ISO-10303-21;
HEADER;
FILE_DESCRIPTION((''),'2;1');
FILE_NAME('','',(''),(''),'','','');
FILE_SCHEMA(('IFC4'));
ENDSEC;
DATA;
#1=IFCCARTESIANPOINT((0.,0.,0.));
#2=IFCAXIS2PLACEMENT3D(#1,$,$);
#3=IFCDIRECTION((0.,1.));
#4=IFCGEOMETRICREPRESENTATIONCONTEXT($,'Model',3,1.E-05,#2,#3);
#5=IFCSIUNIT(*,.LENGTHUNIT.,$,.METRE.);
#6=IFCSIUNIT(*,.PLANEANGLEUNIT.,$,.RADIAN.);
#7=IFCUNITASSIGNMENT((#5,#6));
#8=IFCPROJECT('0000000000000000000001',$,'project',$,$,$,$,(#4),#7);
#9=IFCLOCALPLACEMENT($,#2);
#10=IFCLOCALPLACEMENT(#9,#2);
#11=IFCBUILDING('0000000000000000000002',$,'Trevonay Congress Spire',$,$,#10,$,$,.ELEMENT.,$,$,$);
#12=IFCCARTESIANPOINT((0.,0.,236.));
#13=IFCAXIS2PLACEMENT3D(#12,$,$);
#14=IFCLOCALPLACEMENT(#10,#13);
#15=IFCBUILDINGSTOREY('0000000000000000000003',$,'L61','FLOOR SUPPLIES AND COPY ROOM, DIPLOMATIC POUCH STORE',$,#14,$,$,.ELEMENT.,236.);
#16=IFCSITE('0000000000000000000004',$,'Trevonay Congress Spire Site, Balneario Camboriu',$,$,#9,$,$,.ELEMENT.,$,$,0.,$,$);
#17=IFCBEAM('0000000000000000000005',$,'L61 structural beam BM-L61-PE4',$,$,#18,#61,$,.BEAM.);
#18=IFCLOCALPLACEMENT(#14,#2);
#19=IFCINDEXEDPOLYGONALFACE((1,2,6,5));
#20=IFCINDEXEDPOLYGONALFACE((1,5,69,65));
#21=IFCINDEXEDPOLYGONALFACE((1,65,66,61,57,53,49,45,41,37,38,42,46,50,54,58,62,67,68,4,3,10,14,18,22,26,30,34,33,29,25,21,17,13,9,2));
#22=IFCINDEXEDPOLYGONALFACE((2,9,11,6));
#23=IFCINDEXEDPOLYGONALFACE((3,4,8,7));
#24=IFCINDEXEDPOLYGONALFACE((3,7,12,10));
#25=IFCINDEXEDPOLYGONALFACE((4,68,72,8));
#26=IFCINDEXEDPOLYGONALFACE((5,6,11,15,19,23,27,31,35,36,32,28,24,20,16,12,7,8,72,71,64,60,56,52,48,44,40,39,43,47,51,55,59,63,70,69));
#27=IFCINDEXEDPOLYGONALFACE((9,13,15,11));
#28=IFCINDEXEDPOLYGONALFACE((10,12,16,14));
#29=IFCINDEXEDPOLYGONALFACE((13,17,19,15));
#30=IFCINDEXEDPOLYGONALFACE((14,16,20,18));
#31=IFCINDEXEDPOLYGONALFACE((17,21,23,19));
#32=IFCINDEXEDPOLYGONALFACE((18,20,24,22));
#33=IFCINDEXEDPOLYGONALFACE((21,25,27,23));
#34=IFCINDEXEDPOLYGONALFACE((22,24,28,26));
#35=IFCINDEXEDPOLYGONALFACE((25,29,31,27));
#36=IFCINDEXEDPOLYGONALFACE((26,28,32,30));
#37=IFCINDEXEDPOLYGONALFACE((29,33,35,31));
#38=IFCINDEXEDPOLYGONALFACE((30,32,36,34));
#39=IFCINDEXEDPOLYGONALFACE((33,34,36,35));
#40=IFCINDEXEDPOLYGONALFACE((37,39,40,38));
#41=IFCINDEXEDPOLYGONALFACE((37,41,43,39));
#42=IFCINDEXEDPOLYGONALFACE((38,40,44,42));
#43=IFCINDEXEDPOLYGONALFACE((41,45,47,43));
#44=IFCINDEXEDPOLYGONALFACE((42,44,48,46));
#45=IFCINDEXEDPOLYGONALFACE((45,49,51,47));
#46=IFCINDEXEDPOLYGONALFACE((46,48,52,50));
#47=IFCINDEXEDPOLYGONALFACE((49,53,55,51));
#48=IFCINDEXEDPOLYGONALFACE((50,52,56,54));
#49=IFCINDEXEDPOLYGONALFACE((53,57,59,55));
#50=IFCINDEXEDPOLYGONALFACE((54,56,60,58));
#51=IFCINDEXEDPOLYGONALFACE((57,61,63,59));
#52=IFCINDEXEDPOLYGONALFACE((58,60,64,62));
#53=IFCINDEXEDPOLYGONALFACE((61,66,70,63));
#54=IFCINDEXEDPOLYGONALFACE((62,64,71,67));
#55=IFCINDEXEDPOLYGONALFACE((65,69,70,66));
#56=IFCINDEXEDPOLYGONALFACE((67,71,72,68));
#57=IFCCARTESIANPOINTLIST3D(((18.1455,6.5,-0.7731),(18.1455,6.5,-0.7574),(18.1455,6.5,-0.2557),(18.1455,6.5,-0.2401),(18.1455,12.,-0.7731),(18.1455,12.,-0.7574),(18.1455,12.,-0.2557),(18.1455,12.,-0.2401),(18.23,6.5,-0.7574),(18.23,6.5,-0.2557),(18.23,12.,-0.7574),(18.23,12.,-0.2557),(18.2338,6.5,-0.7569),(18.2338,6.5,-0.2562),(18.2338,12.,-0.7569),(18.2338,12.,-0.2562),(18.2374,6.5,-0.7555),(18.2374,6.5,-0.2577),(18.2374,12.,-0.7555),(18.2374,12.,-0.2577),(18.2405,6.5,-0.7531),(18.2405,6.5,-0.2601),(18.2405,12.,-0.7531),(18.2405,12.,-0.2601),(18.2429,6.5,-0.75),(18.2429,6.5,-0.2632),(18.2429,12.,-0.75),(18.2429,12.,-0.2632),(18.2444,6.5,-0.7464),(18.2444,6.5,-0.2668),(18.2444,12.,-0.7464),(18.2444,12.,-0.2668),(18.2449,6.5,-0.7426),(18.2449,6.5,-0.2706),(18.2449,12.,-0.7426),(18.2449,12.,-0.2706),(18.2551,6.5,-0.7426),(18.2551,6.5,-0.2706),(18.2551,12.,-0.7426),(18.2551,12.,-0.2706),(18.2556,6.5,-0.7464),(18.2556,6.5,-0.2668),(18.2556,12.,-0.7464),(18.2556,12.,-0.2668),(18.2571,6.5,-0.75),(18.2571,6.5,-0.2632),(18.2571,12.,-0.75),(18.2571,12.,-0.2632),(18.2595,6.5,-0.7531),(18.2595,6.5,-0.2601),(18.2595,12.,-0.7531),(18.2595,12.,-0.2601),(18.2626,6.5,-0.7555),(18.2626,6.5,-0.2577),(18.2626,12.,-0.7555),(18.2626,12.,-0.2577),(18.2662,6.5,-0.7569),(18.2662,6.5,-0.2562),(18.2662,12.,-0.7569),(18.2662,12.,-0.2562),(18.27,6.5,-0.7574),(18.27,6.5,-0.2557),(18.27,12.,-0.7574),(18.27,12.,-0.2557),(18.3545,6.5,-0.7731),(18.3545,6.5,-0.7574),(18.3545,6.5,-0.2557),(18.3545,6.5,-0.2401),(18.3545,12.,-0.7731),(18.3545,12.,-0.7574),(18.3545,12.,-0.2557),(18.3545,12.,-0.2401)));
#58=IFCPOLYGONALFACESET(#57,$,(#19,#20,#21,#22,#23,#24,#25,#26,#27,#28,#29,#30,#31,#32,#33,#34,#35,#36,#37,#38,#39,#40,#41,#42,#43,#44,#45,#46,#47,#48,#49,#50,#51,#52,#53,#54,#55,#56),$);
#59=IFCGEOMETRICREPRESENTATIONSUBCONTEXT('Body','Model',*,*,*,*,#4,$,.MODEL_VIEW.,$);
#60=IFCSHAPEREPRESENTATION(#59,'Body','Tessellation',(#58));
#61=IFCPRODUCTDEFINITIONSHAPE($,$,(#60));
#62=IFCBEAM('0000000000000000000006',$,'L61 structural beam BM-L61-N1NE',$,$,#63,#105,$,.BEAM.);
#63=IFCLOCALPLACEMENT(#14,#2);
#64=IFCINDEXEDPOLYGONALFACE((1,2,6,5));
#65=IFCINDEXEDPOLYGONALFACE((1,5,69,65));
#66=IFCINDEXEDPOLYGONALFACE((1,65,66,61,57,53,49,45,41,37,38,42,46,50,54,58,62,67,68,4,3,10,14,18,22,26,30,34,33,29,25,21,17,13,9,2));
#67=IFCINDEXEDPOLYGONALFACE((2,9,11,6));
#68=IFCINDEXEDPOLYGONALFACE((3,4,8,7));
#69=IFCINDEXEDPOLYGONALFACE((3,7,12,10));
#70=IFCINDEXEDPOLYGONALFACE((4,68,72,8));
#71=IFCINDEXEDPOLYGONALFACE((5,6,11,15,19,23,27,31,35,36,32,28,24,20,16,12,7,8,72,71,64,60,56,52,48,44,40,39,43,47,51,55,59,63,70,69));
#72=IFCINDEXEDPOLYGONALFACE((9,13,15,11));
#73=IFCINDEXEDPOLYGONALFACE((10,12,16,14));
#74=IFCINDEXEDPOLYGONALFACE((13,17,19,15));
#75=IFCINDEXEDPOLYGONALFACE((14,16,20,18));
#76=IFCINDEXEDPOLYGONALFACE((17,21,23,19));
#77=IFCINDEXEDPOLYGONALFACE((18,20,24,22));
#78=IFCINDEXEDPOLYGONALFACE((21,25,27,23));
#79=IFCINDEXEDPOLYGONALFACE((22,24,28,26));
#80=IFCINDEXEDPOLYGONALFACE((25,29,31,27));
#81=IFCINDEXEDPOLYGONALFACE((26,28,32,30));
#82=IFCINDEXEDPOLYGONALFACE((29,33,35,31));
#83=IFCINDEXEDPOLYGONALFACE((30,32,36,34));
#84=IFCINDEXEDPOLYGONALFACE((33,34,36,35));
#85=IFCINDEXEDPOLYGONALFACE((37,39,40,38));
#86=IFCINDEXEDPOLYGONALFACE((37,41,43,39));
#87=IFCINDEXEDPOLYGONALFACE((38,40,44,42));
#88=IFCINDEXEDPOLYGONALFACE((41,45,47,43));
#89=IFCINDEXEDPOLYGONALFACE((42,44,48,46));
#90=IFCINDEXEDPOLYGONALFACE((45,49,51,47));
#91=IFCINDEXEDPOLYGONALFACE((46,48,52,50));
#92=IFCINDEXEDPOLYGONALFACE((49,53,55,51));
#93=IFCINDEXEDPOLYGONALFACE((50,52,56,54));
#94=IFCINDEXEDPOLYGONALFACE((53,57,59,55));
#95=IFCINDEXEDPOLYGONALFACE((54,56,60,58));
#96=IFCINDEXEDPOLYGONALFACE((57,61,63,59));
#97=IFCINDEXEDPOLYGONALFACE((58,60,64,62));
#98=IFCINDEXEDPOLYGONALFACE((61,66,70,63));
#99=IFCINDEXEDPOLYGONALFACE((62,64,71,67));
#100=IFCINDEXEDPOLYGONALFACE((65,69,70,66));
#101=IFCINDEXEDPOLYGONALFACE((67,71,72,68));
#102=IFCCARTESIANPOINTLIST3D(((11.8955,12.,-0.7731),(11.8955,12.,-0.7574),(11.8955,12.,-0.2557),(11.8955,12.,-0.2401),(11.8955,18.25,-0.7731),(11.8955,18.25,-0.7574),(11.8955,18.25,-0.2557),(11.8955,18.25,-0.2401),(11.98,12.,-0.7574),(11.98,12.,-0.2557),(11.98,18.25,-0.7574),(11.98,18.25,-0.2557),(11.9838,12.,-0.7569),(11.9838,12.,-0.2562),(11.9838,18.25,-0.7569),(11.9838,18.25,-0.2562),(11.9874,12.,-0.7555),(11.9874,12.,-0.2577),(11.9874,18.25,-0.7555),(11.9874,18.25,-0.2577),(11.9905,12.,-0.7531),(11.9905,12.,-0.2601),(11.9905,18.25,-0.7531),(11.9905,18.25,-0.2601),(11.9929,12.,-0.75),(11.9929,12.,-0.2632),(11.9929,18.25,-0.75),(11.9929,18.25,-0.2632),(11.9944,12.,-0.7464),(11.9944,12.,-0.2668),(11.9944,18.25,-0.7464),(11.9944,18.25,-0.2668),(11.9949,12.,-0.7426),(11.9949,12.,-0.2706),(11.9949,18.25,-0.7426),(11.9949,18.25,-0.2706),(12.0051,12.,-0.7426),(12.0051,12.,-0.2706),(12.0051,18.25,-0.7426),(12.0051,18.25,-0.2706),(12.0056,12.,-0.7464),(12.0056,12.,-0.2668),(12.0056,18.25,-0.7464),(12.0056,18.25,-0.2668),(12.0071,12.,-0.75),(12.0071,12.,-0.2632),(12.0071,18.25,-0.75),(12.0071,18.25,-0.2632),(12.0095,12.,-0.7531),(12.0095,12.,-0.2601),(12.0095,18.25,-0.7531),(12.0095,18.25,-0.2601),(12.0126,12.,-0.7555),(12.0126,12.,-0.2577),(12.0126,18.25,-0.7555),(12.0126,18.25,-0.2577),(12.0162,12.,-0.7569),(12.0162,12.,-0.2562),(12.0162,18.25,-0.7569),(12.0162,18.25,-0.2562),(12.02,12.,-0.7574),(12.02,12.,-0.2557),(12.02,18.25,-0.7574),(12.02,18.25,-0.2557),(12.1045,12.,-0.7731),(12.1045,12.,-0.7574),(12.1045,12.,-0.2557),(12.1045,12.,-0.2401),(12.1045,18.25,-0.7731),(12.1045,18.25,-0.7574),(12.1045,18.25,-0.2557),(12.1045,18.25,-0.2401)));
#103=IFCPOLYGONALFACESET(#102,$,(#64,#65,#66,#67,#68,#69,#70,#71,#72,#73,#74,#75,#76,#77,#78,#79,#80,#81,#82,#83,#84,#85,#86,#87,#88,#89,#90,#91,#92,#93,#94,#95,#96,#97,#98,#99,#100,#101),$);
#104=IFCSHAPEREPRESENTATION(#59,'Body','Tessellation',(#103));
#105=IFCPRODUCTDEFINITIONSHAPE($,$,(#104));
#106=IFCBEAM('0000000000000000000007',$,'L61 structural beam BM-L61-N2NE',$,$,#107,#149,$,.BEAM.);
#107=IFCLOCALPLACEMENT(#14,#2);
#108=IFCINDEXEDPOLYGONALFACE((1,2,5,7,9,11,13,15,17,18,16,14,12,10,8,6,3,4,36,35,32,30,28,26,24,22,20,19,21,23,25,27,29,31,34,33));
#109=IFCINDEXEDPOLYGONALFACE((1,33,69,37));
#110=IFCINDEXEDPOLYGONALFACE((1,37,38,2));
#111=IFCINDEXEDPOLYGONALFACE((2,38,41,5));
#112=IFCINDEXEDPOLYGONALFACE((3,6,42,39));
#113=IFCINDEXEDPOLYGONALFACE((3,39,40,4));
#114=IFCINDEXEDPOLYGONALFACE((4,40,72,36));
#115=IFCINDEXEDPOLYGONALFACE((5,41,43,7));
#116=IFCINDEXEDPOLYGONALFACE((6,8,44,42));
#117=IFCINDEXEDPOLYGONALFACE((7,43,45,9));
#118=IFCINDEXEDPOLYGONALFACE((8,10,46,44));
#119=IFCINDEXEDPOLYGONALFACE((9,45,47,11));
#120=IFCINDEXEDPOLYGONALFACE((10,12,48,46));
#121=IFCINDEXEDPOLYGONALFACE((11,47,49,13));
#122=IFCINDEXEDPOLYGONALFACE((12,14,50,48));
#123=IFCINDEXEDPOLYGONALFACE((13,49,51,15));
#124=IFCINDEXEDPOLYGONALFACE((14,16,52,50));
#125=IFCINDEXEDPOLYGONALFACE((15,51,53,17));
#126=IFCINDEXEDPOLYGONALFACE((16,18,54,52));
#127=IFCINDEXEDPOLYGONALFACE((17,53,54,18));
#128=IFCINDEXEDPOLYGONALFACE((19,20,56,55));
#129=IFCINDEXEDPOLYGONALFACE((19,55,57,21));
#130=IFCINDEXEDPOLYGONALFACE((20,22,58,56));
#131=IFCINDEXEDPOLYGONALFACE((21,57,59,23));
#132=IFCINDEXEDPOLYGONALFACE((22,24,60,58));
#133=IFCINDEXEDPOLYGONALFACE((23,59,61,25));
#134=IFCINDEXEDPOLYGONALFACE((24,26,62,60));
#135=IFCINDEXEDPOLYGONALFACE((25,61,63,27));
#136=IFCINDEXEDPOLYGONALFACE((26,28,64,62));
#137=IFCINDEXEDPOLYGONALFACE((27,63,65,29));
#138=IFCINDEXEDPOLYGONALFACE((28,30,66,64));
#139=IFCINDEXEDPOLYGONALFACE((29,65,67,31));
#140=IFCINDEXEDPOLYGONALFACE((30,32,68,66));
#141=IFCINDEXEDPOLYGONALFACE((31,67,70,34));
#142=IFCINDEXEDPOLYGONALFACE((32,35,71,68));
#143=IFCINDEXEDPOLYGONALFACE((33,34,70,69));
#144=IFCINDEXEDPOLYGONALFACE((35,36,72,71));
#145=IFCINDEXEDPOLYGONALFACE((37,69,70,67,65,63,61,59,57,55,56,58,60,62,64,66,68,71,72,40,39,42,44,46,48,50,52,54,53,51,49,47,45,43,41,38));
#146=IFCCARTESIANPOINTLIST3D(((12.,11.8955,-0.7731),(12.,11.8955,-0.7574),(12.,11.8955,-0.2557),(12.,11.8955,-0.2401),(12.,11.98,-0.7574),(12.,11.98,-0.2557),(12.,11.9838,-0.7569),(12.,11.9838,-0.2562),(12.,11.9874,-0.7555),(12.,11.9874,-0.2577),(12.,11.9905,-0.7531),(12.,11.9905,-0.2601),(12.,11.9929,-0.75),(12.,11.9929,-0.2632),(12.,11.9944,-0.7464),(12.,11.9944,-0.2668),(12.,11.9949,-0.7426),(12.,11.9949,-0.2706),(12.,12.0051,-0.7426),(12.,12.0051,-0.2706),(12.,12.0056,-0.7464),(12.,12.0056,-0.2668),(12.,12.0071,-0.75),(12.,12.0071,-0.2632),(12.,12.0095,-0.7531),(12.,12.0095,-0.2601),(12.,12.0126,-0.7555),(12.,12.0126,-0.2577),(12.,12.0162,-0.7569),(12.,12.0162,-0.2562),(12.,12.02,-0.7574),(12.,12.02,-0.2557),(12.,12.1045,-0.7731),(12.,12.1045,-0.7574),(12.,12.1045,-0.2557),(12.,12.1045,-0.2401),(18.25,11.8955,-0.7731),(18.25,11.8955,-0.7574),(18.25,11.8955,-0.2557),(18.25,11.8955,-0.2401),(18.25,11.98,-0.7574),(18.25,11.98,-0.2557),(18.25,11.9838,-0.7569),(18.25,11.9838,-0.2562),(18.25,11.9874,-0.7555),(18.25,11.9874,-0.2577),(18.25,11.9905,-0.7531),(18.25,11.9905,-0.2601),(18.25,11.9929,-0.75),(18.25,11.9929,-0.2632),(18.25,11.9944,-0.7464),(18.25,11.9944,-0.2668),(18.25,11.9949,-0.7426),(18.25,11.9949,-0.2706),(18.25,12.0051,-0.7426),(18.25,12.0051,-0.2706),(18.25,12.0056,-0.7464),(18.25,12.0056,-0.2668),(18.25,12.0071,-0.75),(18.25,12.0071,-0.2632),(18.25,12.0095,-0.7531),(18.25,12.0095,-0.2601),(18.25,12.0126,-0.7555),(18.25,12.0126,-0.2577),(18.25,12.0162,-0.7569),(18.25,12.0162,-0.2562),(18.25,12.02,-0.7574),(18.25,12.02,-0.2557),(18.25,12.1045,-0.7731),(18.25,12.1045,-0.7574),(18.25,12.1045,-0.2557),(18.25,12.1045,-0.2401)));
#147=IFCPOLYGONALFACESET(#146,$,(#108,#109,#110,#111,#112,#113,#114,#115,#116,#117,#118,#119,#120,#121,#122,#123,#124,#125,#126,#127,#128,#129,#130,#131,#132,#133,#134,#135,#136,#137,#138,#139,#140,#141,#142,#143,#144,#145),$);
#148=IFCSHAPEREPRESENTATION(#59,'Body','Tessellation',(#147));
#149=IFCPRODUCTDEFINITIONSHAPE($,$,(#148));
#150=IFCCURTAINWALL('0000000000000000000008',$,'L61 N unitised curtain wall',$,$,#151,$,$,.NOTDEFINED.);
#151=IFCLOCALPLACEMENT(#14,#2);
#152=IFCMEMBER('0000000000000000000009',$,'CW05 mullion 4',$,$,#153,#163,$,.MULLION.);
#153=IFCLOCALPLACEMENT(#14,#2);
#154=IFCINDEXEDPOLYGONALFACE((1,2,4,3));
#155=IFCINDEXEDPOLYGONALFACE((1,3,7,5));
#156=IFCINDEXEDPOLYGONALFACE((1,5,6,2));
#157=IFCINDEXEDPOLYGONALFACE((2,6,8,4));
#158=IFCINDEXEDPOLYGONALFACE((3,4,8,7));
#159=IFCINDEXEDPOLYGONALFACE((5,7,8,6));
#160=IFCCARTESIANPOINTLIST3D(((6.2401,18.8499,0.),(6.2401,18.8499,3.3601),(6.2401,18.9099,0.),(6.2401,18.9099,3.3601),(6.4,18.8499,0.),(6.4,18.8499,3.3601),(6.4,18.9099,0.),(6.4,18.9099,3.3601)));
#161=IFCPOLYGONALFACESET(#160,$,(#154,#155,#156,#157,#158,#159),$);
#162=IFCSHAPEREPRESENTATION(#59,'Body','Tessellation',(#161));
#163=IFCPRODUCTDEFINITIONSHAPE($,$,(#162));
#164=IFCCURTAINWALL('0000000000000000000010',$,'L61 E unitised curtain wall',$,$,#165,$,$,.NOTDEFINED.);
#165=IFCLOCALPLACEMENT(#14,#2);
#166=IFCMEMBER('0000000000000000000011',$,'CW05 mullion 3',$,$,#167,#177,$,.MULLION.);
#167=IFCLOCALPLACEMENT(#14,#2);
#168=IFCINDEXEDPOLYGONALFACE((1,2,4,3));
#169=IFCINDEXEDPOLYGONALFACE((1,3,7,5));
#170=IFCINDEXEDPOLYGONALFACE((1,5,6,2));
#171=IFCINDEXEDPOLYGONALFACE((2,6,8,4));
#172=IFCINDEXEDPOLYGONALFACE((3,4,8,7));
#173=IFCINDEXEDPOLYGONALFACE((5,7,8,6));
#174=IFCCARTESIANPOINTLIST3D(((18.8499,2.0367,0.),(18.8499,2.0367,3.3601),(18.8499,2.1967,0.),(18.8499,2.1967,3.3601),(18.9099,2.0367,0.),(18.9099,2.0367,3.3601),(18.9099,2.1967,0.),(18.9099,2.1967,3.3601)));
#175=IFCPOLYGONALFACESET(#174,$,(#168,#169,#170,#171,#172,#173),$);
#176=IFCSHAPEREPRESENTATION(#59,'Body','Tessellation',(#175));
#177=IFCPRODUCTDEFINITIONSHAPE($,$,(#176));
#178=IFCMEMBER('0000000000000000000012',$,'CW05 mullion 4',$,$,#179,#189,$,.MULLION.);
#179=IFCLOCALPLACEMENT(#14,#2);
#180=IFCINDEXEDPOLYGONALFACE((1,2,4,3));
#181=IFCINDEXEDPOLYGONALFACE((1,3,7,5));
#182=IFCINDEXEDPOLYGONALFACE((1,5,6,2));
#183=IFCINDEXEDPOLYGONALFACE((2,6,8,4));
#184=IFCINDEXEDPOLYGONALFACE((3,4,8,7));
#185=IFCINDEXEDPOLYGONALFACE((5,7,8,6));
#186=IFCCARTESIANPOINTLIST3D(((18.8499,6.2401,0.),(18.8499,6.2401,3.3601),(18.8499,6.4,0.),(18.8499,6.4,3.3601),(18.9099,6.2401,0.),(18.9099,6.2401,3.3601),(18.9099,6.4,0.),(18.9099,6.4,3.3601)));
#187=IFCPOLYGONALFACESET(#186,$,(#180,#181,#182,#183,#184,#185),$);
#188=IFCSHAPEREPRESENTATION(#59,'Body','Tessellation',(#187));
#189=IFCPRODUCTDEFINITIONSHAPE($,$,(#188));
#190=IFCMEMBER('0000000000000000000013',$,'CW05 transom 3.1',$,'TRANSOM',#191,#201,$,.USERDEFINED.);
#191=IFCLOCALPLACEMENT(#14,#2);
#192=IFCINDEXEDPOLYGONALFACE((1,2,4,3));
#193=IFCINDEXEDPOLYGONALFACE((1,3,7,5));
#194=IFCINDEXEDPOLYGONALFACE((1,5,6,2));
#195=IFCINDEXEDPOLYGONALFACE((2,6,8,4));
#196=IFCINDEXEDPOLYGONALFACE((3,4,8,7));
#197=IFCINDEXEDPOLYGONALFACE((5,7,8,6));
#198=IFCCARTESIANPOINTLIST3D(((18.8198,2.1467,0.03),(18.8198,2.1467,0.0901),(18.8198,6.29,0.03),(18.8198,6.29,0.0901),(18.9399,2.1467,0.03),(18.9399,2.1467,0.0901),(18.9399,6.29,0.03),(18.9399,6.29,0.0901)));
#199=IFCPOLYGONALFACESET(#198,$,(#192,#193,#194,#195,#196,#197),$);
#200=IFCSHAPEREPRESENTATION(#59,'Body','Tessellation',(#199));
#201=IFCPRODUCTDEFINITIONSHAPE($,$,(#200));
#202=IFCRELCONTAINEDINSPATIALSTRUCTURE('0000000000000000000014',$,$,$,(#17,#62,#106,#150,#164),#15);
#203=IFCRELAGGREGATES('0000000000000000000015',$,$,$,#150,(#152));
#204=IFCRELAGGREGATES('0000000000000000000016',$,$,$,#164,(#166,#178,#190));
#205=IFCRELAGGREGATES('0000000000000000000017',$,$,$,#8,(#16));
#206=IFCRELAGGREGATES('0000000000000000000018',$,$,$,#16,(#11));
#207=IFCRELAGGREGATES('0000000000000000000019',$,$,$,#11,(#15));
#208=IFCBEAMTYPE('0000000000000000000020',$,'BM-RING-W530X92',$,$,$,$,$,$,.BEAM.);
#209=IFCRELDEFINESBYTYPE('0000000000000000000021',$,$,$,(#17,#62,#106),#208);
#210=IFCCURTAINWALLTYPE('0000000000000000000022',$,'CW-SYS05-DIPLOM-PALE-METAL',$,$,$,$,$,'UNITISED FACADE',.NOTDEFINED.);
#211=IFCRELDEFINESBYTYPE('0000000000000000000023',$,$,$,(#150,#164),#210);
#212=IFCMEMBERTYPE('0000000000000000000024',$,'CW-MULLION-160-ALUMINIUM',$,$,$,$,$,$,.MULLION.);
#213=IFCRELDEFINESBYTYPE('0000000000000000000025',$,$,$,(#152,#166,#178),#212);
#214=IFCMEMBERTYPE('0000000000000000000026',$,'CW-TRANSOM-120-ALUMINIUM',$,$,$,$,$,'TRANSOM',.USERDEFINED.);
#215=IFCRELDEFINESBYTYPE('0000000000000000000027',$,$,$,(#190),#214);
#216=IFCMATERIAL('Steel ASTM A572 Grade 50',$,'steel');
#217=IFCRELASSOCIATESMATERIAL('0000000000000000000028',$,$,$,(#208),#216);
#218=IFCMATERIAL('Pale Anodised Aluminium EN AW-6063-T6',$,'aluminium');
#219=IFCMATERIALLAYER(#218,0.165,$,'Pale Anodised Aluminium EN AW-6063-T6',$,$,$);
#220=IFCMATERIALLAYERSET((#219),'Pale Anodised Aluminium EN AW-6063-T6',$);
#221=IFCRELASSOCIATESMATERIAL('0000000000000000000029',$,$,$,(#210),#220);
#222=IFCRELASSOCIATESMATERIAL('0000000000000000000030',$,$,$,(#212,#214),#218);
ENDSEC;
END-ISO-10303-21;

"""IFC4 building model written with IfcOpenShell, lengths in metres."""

from ifc_helpers import new_model, si_unit, direction, frame, origin, origin_2d, place, context, subcontext, project, spatial, rectangle, i_section, extrude, material, layer, layer_set, material_profile, profile_set, type_object, element, aggregate, save


model = new_model("IFC4")

# Units and contexts
model_context = context("Model", 3, precision=1e-05, world=origin(), true_north=direction((0.0, 1.0)))
body_context = subcontext(model_context, "Body", "Model", "MODEL_VIEW")
ifc_project = project(units=[si_unit("LENGTHUNIT", "METRE"), si_unit("PLANEANGLEUNIT", "RADIAN")], contexts=[model_context])

# Site, building, storey
site_placement = place(None, origin())
site = spatial("IfcSite", under=ifc_project, at=site_placement, Name="Trevonay Congress Spire Site, Balneario Camboriu", CompositionType="ELEMENT", RefElevation=0.0)
building_placement = place(site_placement, origin())
building = spatial("IfcBuilding", under=site, at=building_placement, Name="Trevonay Congress Spire", CompositionType="ELEMENT")
storey_placement = place(building_placement, frame((0.0, 0.0, 236.0)))
storey = spatial("IfcBuildingStorey", under=building, at=storey_placement, Name="L61", Description="FLOOR SUPPLIES AND COPY ROOM, DIPLOMATIC POUCH STORE", CompositionType="ELEMENT", Elevation=236.0)

# Shared definitions
ifc_material_1 = material(Name="Steel ASTM A572 Grade 50", Category="steel")

# Beams
ifc_material_profile_1 = material_profile(ifc_material_1, i_section(OverallWidth=0.209, OverallDepth=0.533, WebThickness=0.0103, FlangeThickness=0.0156, FilletRadius=0.0149, at=origin_2d()), Name="W530x92")
ifc_profile_set_1 = profile_set([ifc_material_profile_1], Name="Steel ASTM A572 Grade 50")
beam_type_1 = type_object("IfcBeamType", Name="BM-RING-W530X92", PredefinedType="BEAM", material=ifc_profile_set_1)
for number, where, z_axis, x_axis, name in (
    (1, (18.25, 6.5, -0.5066), (0.0, 1.0, 0.0), (-1.0, 0.0, 0.0), "L61 structural beam BM-L61-PE4"),
):
    element("IfcBeam", number, at=place(storey_placement, frame(where, z_axis=z_axis, x_axis=x_axis)), inside=storey, type_object=beam_type_1, Name=name, PredefinedType="BEAM", context=body_context, shape_type="SweptSolid", body=[
        extrude(i_section(OverallWidth=0.209, OverallDepth=0.533, WebThickness=0.0103, FlangeThickness=0.0156, FilletRadius=0.0149, at=origin_2d()), origin(), (0.0, 0.0, 1.0), 5.5),
    ])
for number, where, z_axis, x_axis, name in (
    (2, (12.0, 18.25, -0.5066), (0.0, -1.0, 0.0), (1.0, 0.0, 0.0), "L61 structural beam BM-L61-N1NE"),
    (3, (18.25, 12.0, -0.5066), (-1.0, 0.0, 0.0), (0.0, -1.0, 0.0), "L61 structural beam BM-L61-N2NE"),
):
    element("IfcBeam", number, at=place(storey_placement, frame(where, z_axis=z_axis, x_axis=x_axis)), inside=storey, type_object=beam_type_1, Name=name, PredefinedType="BEAM", context=body_context, shape_type="SweptSolid", body=[
        extrude(i_section(OverallWidth=0.209, OverallDepth=0.533, WebThickness=0.0103, FlangeThickness=0.0156, FilletRadius=0.0149, at=origin_2d()), origin(), (0.0, 0.0, 1.0), 6.25),
    ])

# Curtain wall, member
ifc_material_2 = material(Name="Pale Anodised Aluminium EN AW-6063-T6", Category="aluminium")
ifc_layer_1 = layer(ifc_material_2, 0.165, Name="Pale Anodised Aluminium EN AW-6063-T6")
ifc_layer_set_1 = layer_set([ifc_layer_1], Name="Pale Anodised Aluminium EN AW-6063-T6")
curtain_wall_type = type_object("IfcCurtainWallType", Name="CW-SYS05-DIPLOM-PALE-METAL", ElementType="UNITISED FACADE", PredefinedType="NOTDEFINED", material=ifc_layer_set_1)
curtain_wall_1_placement = place(storey_placement, origin())
curtain_wall_1 = element("IfcCurtainWall", 4, at=curtain_wall_1_placement, inside=storey, type_object=curtain_wall_type, Name="L61 N unitised curtain wall", PredefinedType="NOTDEFINED")
ifc_material_profile_2 = material_profile(ifc_material_2, rectangle(XDim=0.0601, YDim=0.1599, at=origin_2d()), Name="CW-MULLION-160-ALUMINIUM")
ifc_profile_set_2 = profile_set([ifc_material_profile_2], Name="Pale Anodised Aluminium EN AW-6063-T6")
member_type_1 = type_object("IfcMemberType", Name="CW-MULLION-160-ALUMINIUM", PredefinedType="MULLION", material=ifc_profile_set_2)
member_1_placement = place(storey_placement, frame((6.3201, 18.8799, 0.0), z_axis=(0.0, 0.0, 1.0), x_axis=(0.0, 1.0, 0.0)))
member_1 = element("IfcMember", 5, at=member_1_placement, type_object=member_type_1, Name="CW05 mullion 4", PredefinedType="MULLION", context=body_context, shape_type="SweptSolid", body=[
    extrude(rectangle(XDim=0.0601, YDim=0.1599, at=origin_2d()), origin(), (0.0, 0.0, 1.0), 3.3601),
])
aggregate(curtain_wall_1, [member_1])

# Curtain wall, members
curtain_wall_2_placement = place(storey_placement, origin())
curtain_wall_2 = element("IfcCurtainWall", 6, at=curtain_wall_2_placement, inside=storey, type_object=curtain_wall_type, Name="L61 E unitised curtain wall", PredefinedType="NOTDEFINED")
member_2_placement = place(storey_placement, frame((18.8799, 2.1167, 0.0), z_axis=(0.0, 0.0, 1.0), x_axis=(-1.0, 0.0, 0.0)))
member_2 = element("IfcMember", 7, at=member_2_placement, type_object=member_type_1, Name="CW05 mullion 3", PredefinedType="MULLION", context=body_context, shape_type="SweptSolid", body=[
    extrude(rectangle(XDim=0.0601, YDim=0.1599, at=origin_2d()), origin(), (0.0, 0.0, 1.0), 3.3601),
])
member_3_placement = place(storey_placement, frame((18.8799, 6.3201, 0.0), z_axis=(0.0, 0.0, 1.0), x_axis=(-1.0, 0.0, 0.0)))
member_3 = element("IfcMember", 8, at=member_3_placement, type_object=member_type_1, Name="CW05 mullion 4", PredefinedType="MULLION", context=body_context, shape_type="SweptSolid", body=[
    extrude(rectangle(XDim=0.0601, YDim=0.1599, at=origin_2d()), origin(), (0.0, 0.0, 1.0), 3.3601),
])
ifc_material_profile_3 = material_profile(ifc_material_2, rectangle(XDim=0.1201, YDim=0.0601, at=origin_2d()), Name="CW-TRANSOM-120-ALUMINIUM")
ifc_profile_set_3 = profile_set([ifc_material_profile_3], Name="Pale Anodised Aluminium EN AW-6063-T6")
member_type_2 = type_object("IfcMemberType", Name="CW-TRANSOM-120-ALUMINIUM", ElementType="TRANSOM", PredefinedType="USERDEFINED", material=ifc_profile_set_3)
member_4_placement = place(storey_placement, frame((18.8799, 2.1467, 0.0601), z_axis=(0.0, 1.0, 0.0), x_axis=(-1.0, 0.0, 0.0)))
member_4 = element("IfcMember", 9, at=member_4_placement, type_object=member_type_2, Name="CW05 transom 3.1", ObjectType="TRANSOM", PredefinedType="USERDEFINED", context=body_context, shape_type="SweptSolid", body=[
    extrude(rectangle(XDim=0.1201, YDim=0.0601, at=origin_2d()), origin(), (0.0, 0.0, 1.0), 4.1433),
])

aggregate(curtain_wall_2, [member_2, member_3, member_4])

save(model, "model.ifc")
